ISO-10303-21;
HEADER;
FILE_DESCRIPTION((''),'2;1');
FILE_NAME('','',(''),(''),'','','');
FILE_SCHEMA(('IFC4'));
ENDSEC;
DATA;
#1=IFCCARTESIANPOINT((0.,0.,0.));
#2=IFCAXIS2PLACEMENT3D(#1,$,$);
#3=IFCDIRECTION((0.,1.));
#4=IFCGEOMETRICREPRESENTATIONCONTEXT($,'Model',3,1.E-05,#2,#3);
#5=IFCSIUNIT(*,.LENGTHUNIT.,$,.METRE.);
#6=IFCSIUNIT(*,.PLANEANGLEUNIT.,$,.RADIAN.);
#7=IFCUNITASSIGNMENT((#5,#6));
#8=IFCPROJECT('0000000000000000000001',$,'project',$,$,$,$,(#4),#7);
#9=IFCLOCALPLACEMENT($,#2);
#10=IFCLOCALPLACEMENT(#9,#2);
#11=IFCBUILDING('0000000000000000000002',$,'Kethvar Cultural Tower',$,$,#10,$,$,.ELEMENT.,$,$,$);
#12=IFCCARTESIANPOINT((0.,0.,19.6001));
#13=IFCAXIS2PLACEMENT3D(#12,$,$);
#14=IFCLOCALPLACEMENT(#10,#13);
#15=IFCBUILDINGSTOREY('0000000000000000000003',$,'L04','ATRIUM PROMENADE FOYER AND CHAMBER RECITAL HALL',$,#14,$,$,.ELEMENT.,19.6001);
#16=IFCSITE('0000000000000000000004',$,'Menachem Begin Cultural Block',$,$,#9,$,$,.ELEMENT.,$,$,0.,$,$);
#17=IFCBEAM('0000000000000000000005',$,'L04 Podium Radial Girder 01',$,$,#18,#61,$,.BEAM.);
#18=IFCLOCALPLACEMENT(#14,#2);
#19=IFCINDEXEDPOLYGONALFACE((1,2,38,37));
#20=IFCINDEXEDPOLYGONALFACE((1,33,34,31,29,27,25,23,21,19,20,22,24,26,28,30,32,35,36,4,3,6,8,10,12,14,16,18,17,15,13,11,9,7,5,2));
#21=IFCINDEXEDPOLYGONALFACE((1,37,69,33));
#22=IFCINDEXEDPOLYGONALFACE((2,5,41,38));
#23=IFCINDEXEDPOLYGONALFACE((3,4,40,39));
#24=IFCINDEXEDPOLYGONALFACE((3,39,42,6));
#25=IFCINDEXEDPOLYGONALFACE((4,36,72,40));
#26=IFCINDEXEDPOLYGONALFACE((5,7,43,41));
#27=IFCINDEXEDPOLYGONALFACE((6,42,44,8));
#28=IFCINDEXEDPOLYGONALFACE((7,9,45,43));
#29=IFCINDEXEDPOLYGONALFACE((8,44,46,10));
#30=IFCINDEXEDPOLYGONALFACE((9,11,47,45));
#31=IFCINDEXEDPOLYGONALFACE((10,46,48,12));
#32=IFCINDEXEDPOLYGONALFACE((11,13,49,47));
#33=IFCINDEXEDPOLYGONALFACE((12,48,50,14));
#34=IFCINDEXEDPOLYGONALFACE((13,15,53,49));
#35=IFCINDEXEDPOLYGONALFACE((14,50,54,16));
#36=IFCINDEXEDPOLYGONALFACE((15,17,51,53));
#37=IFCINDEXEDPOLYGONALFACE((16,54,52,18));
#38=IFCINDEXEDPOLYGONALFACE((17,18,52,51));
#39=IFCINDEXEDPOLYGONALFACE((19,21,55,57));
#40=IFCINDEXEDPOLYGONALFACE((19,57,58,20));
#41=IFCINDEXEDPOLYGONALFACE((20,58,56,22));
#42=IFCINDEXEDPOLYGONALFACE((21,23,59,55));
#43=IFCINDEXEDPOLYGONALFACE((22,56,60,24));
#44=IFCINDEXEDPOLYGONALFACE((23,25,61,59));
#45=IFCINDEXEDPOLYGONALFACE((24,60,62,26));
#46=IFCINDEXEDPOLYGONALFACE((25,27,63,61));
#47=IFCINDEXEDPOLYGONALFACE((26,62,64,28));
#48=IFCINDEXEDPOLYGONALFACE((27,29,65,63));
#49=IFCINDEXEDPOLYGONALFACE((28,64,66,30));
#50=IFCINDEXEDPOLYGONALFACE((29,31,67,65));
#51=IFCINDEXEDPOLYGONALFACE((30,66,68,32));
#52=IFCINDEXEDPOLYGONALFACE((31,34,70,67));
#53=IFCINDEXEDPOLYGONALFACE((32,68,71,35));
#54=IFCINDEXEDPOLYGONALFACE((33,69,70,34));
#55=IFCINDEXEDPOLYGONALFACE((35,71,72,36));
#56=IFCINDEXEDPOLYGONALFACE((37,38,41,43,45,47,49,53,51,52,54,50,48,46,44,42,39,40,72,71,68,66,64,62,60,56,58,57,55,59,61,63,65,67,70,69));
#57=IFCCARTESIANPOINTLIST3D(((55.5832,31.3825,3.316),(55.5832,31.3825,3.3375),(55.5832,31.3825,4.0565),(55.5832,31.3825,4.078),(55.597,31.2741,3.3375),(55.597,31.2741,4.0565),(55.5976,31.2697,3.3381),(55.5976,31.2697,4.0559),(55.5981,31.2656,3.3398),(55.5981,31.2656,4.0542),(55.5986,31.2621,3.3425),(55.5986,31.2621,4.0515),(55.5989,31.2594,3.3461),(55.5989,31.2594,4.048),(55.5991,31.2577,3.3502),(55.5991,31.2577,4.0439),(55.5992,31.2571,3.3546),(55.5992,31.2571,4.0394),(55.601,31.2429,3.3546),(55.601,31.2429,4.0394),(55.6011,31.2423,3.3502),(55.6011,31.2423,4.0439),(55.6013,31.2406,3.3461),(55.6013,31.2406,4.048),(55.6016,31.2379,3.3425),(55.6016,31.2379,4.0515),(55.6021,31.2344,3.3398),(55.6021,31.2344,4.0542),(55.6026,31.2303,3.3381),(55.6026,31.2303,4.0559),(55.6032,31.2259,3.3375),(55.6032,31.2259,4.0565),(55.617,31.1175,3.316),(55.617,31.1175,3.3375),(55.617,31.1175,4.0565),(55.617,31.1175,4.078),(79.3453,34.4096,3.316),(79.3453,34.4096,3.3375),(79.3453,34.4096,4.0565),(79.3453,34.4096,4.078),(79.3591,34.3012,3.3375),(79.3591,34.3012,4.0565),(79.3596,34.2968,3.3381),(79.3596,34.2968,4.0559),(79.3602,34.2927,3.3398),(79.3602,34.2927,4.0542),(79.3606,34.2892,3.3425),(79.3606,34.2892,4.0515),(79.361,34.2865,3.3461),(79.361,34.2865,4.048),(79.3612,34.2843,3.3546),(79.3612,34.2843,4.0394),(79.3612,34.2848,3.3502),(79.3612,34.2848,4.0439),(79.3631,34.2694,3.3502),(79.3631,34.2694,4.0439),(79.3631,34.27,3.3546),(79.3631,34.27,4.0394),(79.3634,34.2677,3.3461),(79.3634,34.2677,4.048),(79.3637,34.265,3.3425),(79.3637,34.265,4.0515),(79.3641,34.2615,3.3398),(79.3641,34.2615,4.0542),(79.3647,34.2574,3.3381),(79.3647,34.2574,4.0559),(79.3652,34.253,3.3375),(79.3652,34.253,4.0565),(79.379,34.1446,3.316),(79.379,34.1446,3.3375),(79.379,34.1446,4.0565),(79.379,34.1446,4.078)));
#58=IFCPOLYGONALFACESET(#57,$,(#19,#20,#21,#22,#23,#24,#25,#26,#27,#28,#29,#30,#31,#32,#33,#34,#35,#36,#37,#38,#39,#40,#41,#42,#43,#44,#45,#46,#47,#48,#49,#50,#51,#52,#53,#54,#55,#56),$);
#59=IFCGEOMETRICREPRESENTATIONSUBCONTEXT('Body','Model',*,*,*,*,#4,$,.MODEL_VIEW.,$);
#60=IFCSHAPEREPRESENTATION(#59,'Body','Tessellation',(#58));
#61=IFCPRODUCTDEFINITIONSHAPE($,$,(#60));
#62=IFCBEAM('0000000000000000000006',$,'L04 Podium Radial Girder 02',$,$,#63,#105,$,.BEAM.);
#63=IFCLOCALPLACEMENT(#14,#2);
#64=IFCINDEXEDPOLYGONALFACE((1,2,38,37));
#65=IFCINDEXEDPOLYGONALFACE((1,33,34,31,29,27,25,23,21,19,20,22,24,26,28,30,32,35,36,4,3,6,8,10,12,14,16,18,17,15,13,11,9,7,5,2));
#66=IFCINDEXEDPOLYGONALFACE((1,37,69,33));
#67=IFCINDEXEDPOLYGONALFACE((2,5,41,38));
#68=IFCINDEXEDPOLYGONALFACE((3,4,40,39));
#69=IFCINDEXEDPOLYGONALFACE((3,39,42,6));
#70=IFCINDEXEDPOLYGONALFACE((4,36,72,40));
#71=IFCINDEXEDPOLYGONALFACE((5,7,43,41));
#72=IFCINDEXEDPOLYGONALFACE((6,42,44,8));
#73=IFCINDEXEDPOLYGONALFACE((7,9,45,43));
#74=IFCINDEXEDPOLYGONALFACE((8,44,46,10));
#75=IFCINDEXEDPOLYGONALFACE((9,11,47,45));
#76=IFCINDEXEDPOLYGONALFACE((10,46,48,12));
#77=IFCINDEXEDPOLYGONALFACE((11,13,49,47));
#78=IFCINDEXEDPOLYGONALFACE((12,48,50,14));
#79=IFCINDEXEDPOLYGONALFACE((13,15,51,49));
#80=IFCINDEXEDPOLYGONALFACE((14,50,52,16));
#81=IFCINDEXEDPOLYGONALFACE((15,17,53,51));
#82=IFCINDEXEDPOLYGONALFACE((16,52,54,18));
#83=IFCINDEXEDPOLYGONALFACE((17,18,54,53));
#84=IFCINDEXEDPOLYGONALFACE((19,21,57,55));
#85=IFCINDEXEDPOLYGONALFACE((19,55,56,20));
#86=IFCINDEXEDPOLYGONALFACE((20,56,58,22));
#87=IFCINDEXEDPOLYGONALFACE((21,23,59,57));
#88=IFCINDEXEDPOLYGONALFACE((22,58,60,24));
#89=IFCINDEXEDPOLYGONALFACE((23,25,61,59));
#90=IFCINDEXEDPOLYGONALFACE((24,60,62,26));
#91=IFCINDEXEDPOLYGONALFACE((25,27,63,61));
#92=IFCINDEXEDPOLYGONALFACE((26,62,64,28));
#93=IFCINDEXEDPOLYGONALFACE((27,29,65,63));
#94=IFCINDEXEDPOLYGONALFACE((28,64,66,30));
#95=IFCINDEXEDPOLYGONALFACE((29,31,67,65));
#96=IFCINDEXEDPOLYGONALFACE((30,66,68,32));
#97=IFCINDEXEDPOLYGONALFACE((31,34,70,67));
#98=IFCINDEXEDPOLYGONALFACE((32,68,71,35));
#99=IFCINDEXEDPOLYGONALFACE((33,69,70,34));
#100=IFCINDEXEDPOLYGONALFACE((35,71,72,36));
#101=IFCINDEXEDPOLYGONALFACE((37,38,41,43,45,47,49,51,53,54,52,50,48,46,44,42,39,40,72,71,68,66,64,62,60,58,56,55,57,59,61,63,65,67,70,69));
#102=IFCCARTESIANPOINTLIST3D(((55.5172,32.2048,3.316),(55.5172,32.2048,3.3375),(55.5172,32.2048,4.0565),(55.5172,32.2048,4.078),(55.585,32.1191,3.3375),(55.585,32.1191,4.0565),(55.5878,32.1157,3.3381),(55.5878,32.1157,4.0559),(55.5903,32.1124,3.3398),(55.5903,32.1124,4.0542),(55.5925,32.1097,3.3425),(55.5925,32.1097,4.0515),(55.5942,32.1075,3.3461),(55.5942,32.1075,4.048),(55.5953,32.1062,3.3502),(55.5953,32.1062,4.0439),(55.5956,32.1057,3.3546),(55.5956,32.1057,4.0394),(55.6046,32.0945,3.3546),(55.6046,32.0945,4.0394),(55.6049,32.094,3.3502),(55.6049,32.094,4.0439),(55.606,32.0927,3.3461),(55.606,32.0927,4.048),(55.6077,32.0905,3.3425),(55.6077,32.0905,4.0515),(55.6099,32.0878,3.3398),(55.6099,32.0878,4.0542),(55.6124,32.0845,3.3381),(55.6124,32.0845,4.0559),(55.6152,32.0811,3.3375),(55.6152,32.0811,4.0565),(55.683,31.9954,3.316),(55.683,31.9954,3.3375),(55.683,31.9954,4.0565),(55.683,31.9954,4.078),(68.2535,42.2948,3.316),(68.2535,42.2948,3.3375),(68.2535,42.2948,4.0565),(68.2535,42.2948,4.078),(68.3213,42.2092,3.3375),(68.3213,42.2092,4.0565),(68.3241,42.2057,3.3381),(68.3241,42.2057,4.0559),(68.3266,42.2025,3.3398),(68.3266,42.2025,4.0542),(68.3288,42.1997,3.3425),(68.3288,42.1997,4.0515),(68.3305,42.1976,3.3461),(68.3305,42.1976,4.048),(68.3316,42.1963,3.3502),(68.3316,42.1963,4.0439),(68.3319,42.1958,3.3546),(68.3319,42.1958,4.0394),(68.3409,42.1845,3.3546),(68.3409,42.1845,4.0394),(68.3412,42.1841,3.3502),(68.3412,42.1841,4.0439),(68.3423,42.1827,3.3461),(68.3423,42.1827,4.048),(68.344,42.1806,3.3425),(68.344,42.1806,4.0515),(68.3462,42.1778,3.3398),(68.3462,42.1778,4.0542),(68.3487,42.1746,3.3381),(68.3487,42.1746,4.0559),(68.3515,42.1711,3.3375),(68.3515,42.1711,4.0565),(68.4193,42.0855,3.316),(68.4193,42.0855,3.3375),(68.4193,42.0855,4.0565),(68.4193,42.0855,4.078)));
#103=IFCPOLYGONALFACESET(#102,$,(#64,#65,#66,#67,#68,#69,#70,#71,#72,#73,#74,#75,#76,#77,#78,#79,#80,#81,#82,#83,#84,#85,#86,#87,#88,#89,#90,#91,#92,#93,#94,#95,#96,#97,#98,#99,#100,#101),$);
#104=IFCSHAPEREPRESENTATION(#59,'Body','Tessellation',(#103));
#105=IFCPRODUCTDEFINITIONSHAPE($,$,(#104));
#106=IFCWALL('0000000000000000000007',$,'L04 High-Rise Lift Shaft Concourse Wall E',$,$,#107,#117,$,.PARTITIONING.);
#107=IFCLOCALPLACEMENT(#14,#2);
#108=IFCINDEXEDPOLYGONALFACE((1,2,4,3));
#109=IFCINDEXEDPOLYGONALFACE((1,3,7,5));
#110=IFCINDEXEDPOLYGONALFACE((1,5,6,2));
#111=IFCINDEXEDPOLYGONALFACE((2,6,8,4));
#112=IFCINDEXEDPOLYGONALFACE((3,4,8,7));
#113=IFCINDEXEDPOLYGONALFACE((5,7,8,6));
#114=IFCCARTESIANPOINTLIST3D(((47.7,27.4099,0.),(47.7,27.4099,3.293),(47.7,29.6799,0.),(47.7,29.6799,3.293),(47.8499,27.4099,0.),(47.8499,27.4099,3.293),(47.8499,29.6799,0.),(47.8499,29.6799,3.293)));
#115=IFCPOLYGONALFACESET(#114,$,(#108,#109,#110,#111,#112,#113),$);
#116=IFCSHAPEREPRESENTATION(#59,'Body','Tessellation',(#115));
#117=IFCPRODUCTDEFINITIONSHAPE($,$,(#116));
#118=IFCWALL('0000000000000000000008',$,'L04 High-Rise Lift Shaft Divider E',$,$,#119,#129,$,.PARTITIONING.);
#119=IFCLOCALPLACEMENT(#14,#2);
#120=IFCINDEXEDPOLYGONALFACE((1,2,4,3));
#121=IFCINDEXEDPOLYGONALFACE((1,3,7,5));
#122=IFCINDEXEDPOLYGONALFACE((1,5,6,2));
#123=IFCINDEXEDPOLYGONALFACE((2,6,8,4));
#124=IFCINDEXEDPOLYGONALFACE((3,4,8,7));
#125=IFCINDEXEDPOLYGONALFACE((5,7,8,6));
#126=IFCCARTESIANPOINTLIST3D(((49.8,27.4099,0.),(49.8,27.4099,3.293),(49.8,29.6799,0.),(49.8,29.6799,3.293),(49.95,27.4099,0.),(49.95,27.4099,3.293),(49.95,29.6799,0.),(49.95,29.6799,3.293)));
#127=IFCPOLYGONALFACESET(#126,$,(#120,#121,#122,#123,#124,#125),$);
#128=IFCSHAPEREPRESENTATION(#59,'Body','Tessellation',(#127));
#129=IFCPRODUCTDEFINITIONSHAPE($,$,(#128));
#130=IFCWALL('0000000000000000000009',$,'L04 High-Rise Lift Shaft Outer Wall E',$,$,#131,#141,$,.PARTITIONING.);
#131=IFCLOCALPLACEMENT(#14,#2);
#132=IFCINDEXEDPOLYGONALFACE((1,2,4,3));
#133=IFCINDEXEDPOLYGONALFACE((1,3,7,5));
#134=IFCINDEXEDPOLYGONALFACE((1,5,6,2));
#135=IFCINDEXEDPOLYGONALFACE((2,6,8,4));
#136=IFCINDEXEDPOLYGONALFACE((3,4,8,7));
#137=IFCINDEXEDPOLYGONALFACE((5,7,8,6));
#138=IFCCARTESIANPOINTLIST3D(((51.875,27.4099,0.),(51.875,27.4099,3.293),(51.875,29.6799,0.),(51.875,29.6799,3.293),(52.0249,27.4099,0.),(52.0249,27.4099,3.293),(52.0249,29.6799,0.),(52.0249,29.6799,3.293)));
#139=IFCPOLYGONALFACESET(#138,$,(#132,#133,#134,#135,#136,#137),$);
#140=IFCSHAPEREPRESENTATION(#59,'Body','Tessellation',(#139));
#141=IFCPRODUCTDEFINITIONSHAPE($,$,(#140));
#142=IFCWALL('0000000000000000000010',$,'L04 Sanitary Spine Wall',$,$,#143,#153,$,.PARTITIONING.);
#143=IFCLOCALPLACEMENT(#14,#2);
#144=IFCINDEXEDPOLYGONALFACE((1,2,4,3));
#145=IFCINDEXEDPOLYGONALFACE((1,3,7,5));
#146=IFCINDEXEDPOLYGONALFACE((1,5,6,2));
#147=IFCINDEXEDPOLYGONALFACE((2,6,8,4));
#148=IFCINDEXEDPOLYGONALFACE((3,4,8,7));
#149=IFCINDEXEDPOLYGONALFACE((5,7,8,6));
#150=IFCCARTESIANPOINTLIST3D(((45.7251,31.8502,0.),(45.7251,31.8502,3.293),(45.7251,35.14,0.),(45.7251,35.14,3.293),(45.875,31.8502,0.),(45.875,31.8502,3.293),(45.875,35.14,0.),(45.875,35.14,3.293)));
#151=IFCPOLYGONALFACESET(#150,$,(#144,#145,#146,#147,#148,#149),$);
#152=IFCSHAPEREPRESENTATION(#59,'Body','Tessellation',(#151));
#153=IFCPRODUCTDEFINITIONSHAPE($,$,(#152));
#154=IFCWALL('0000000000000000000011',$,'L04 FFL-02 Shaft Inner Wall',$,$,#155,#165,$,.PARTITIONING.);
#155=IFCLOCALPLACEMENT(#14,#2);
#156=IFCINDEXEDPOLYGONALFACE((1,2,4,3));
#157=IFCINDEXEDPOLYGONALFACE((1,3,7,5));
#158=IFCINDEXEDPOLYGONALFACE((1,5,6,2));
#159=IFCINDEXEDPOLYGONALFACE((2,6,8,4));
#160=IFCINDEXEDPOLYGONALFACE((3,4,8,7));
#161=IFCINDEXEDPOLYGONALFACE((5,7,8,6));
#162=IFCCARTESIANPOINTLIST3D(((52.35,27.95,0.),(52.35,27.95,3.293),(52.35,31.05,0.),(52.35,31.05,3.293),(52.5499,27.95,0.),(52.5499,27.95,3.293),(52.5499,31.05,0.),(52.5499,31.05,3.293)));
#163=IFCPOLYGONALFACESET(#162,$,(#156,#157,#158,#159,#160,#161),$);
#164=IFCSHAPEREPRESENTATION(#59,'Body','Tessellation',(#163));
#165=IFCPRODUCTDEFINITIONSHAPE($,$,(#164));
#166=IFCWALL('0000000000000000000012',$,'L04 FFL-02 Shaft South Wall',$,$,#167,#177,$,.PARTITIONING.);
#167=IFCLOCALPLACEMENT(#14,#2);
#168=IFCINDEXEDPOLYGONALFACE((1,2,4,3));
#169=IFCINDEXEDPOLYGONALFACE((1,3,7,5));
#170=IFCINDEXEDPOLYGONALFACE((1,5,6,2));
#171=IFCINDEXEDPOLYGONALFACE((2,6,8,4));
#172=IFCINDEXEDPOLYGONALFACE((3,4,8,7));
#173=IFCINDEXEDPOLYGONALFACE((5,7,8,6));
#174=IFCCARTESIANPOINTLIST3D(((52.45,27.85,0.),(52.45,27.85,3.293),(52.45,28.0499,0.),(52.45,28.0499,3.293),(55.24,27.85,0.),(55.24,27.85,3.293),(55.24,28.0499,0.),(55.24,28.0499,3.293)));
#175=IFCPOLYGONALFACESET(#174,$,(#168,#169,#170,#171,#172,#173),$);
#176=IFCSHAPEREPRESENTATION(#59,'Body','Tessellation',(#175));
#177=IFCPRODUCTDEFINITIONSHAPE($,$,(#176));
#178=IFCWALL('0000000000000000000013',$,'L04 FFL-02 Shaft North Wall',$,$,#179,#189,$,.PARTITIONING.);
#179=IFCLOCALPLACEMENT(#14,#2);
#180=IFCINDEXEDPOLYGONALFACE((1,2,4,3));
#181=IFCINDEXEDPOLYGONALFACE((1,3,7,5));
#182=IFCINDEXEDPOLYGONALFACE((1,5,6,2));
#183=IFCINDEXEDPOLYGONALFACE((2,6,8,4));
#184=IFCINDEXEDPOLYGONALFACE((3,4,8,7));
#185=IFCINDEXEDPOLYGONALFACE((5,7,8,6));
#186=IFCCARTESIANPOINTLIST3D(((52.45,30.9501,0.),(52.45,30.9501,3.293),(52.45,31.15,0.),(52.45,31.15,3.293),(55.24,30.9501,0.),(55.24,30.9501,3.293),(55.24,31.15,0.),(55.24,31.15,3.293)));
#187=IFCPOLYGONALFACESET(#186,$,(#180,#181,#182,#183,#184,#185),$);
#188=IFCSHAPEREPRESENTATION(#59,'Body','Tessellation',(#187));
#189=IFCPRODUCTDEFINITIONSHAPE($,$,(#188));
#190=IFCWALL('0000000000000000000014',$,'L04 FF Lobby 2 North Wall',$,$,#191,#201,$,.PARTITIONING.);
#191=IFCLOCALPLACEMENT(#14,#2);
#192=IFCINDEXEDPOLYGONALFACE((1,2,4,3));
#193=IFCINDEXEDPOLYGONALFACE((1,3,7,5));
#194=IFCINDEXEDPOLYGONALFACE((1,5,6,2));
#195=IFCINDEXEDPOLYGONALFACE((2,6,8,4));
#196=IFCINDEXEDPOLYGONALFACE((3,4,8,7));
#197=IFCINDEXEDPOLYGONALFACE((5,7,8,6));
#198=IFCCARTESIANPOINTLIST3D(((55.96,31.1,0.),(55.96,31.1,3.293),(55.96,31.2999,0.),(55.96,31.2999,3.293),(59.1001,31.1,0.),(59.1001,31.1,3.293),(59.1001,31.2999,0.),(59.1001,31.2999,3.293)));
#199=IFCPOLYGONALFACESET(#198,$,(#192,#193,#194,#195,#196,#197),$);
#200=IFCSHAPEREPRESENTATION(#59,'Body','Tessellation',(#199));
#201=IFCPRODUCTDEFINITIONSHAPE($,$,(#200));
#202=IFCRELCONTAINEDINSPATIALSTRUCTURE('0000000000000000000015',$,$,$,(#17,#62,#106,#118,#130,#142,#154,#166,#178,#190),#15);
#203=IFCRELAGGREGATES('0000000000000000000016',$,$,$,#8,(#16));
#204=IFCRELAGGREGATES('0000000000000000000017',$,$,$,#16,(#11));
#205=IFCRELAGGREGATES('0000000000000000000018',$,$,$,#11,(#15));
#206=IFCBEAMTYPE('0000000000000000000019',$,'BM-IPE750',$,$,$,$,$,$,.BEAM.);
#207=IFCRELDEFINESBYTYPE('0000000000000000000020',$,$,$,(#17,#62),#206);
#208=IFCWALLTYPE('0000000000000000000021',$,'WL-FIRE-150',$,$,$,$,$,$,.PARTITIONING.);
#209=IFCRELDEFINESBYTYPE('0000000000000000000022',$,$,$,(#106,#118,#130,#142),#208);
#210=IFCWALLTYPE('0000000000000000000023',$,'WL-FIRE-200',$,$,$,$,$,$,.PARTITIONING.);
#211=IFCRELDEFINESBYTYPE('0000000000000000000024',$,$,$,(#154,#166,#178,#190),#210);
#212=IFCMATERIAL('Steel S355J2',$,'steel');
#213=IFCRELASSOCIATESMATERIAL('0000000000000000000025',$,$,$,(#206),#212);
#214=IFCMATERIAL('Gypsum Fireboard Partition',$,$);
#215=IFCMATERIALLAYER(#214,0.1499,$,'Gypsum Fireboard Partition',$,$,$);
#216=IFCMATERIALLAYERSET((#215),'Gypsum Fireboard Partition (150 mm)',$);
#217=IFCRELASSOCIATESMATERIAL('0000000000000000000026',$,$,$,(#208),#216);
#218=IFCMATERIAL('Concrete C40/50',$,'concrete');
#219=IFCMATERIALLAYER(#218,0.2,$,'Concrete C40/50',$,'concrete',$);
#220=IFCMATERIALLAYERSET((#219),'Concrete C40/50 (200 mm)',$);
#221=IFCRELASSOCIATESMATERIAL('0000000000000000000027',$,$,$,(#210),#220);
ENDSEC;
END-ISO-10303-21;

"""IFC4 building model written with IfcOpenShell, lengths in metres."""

from ifc_helpers import new_model, si_unit, direction, frame, frame_2d, origin, origin_2d, place, context, subcontext, project, spatial, rectangle, i_section, extrude, source, transform, mapped, material, layer, layer_set, material_profile, profile_set, type_object, element, save


model = new_model("IFC4")

# Units and contexts
model_context = context("Model", 3, precision=1e-05, world=origin(), true_north=direction((0.0, 1.0)))
body_context = subcontext(model_context, "Body", "Model", "MODEL_VIEW")
ifc_project = project(units=[si_unit("LENGTHUNIT", "METRE"), si_unit("PLANEANGLEUNIT", "RADIAN")], contexts=[model_context])

# Site, building, storey
site_placement = place(None, origin())
site = spatial("IfcSite", under=ifc_project, at=site_placement, Name="Menachem Begin Cultural Block", CompositionType="ELEMENT", RefElevation=0.0)
building_placement = place(site_placement, origin())
building = spatial("IfcBuilding", under=site, at=building_placement, Name="Kethvar Cultural Tower", CompositionType="ELEMENT")
storey_placement = place(building_placement, frame((0.0, 0.0, 19.6001)))
storey = spatial("IfcBuildingStorey", under=building, at=storey_placement, Name="L04", Description="ATRIUM PROMENADE FOYER AND CHAMBER RECITAL HALL", CompositionType="ELEMENT", Elevation=19.6001)

# Beams
ifc_material_1 = material(Name="Steel S355J2", Category="steel")
ifc_material_profile = material_profile(ifc_material_1, i_section(OverallWidth=0.2671, OverallDepth=0.762, WebThickness=0.0144, FlangeThickness=0.0215, FilletRadius=0.0171, at=origin_2d()), Name="Steel S355J2 — IPE750x173")
ifc_profile_set = profile_set([ifc_material_profile], Name="Steel S355J2 — IPE750x173")
beam_type = type_object("IfcBeamType", Name="BM-IPE750", PredefinedType="BEAM", material=ifc_profile_set)
shared_shape_1 = source(origin(), body_context, "Body", "SweptSolid", [
    extrude(i_section(OverallWidth=0.2671, OverallDepth=0.762, WebThickness=0.0144, FlangeThickness=0.0215, FilletRadius=0.0171, at=origin_2d()), origin(), (0.0, 0.0, 1.0), 23.9541),
])
beam_1_placement = place(storey_placement, frame((55.6001, 31.25, 3.697), z_axis=(0.991983, 0.126371, 0.0), x_axis=(-0.126371, 0.991983, 0.0)))
element("IfcBeam", 1, at=beam_1_placement, inside=storey, type_object=beam_type, Name="L04 Podium Radial Girder 01", PredefinedType="BEAM", context=body_context, shape_type="MappedRepresentation", body=[
    mapped(shared_shape_1, transform((0.0, 0.0, 0.0), scale=1.0)),
])
shared_shape_2 = source(origin(), body_context, "Body", "SweptSolid", [
    extrude(i_section(OverallWidth=0.2671, OverallDepth=0.762, WebThickness=0.0144, FlangeThickness=0.0215, FilletRadius=0.0171, at=origin_2d()), origin(), (0.0, 0.0, 1.0), 16.2488),
])
beam_2_placement = place(storey_placement, frame((55.6001, 32.1001, 3.697), z_axis=(0.783831, 0.620974, 0.0), x_axis=(-0.620974, 0.783831, 0.0)))
element("IfcBeam", 2, at=beam_2_placement, inside=storey, type_object=beam_type, Name="L04 Podium Radial Girder 02", PredefinedType="BEAM", context=body_context, shape_type="MappedRepresentation", body=[
    mapped(shared_shape_2, transform((0.0, 0.0, 0.0), scale=1.0)),
])

# Walls
ifc_material_2 = material(Name="Gypsum Fireboard Partition")
ifc_layer_1 = layer(ifc_material_2, 0.1499, Name="Gypsum Fireboard Partition")
ifc_layer_set_1 = layer_set([ifc_layer_1], Name="Gypsum Fireboard Partition (150 mm)")
wall_type_1 = type_object("IfcWallType", Name="WL-FIRE-150", PredefinedType="PARTITIONING", material=ifc_layer_set_1)
for number, where, z_axis, x_axis, name in (
    (3, (47.7749, 27.4099, 0.0), (0.0, 0.0, 1.0), (0.0, 1.0, 0.0), "L04 High-Rise Lift Shaft Concourse Wall E"),
    (4, (49.875, 27.4099, 0.0), (0.0, 0.0, 1.0), (0.0, 1.0, 0.0), "L04 High-Rise Lift Shaft Divider E"),
    (5, (51.95, 27.4099, 0.0), (0.0, 0.0, 1.0), (0.0, 1.0, 0.0), "L04 High-Rise Lift Shaft Outer Wall E"),
):
    element("IfcWall", number, at=place(storey_placement, frame(where, z_axis=z_axis, x_axis=x_axis)), inside=storey, type_object=wall_type_1, Name=name, PredefinedType="PARTITIONING", context=body_context, shape_type="SweptSolid", body=[
        extrude(rectangle(XDim=2.27, YDim=0.1499, at=frame_2d((1.135, 0.0))), origin(), (0.0, 0.0, 1.0), 3.293),
    ])
wall_1_placement = place(storey_placement, frame((45.8, 31.8501, 0.0), z_axis=(0.0, 0.0, 1.0), x_axis=(0.0, 1.0, 0.0)))
element("IfcWall", 6, at=wall_1_placement, inside=storey, type_object=wall_type_1, Name="L04 Sanitary Spine Wall", PredefinedType="PARTITIONING", context=body_context, shape_type="SweptSolid", body=[
    extrude(rectangle(XDim=3.2898, YDim=0.1499, at=frame_2d((1.645, 0.0))), origin(), (0.0, 0.0, 1.0), 3.293),
])
ifc_material_3 = material(Name="Concrete C40/50", Category="concrete")
ifc_layer_2 = layer(ifc_material_3, 0.2, Name="Concrete C40/50", Category="concrete")
ifc_layer_set_2 = layer_set([ifc_layer_2], Name="Concrete C40/50 (200 mm)")
wall_type_2 = type_object("IfcWallType", Name="WL-FIRE-200", PredefinedType="PARTITIONING", material=ifc_layer_set_2)
wall_2_placement = place(storey_placement, frame((52.45, 27.95, 0.0), z_axis=(0.0, 0.0, 1.0), x_axis=(0.0, 1.0, 0.0)))
element("IfcWall", 7, at=wall_2_placement, inside=storey, type_object=wall_type_2, Name="L04 FFL-02 Shaft Inner Wall", PredefinedType="PARTITIONING", context=body_context, shape_type="SweptSolid", body=[
    extrude(rectangle(XDim=3.1001, YDim=0.2, at=frame_2d((1.55, 0.0))), origin(), (0.0, 0.0, 1.0), 3.293),
])
for number, where, z_axis, x_axis, name in (
    (8, (52.45, 27.95, 0.0), (0.0, 0.0, 1.0), (1.0, 0.0, 0.0), "L04 FFL-02 Shaft South Wall"),
    (9, (52.45, 31.05, 0.0), (0.0, 0.0, 1.0), (1.0, 0.0, 0.0), "L04 FFL-02 Shaft North Wall"),
):
    element("IfcWall", number, at=place(storey_placement, frame(where, z_axis=z_axis, x_axis=x_axis)), inside=storey, type_object=wall_type_2, Name=name, PredefinedType="PARTITIONING", context=body_context, shape_type="SweptSolid", body=[
        extrude(rectangle(XDim=2.79, YDim=0.2, at=frame_2d((1.395, 0.0))), origin(), (0.0, 0.0, 1.0), 3.293),
    ])
wall_3_placement = place(storey_placement, frame((55.96, 31.2, 0.0), z_axis=(0.0, 0.0, 1.0), x_axis=(1.0, 0.0, 0.0)))
element("IfcWall", 10, at=wall_3_placement, inside=storey, type_object=wall_type_2, Name="L04 FF Lobby 2 North Wall", PredefinedType="PARTITIONING", context=body_context, shape_type="SweptSolid", body=[
    extrude(rectangle(XDim=3.1401, YDim=0.2, at=frame_2d((1.5701, 0.0))), origin(), (0.0, 0.0, 1.0), 3.293),
])

save(model, "model.ifc")
